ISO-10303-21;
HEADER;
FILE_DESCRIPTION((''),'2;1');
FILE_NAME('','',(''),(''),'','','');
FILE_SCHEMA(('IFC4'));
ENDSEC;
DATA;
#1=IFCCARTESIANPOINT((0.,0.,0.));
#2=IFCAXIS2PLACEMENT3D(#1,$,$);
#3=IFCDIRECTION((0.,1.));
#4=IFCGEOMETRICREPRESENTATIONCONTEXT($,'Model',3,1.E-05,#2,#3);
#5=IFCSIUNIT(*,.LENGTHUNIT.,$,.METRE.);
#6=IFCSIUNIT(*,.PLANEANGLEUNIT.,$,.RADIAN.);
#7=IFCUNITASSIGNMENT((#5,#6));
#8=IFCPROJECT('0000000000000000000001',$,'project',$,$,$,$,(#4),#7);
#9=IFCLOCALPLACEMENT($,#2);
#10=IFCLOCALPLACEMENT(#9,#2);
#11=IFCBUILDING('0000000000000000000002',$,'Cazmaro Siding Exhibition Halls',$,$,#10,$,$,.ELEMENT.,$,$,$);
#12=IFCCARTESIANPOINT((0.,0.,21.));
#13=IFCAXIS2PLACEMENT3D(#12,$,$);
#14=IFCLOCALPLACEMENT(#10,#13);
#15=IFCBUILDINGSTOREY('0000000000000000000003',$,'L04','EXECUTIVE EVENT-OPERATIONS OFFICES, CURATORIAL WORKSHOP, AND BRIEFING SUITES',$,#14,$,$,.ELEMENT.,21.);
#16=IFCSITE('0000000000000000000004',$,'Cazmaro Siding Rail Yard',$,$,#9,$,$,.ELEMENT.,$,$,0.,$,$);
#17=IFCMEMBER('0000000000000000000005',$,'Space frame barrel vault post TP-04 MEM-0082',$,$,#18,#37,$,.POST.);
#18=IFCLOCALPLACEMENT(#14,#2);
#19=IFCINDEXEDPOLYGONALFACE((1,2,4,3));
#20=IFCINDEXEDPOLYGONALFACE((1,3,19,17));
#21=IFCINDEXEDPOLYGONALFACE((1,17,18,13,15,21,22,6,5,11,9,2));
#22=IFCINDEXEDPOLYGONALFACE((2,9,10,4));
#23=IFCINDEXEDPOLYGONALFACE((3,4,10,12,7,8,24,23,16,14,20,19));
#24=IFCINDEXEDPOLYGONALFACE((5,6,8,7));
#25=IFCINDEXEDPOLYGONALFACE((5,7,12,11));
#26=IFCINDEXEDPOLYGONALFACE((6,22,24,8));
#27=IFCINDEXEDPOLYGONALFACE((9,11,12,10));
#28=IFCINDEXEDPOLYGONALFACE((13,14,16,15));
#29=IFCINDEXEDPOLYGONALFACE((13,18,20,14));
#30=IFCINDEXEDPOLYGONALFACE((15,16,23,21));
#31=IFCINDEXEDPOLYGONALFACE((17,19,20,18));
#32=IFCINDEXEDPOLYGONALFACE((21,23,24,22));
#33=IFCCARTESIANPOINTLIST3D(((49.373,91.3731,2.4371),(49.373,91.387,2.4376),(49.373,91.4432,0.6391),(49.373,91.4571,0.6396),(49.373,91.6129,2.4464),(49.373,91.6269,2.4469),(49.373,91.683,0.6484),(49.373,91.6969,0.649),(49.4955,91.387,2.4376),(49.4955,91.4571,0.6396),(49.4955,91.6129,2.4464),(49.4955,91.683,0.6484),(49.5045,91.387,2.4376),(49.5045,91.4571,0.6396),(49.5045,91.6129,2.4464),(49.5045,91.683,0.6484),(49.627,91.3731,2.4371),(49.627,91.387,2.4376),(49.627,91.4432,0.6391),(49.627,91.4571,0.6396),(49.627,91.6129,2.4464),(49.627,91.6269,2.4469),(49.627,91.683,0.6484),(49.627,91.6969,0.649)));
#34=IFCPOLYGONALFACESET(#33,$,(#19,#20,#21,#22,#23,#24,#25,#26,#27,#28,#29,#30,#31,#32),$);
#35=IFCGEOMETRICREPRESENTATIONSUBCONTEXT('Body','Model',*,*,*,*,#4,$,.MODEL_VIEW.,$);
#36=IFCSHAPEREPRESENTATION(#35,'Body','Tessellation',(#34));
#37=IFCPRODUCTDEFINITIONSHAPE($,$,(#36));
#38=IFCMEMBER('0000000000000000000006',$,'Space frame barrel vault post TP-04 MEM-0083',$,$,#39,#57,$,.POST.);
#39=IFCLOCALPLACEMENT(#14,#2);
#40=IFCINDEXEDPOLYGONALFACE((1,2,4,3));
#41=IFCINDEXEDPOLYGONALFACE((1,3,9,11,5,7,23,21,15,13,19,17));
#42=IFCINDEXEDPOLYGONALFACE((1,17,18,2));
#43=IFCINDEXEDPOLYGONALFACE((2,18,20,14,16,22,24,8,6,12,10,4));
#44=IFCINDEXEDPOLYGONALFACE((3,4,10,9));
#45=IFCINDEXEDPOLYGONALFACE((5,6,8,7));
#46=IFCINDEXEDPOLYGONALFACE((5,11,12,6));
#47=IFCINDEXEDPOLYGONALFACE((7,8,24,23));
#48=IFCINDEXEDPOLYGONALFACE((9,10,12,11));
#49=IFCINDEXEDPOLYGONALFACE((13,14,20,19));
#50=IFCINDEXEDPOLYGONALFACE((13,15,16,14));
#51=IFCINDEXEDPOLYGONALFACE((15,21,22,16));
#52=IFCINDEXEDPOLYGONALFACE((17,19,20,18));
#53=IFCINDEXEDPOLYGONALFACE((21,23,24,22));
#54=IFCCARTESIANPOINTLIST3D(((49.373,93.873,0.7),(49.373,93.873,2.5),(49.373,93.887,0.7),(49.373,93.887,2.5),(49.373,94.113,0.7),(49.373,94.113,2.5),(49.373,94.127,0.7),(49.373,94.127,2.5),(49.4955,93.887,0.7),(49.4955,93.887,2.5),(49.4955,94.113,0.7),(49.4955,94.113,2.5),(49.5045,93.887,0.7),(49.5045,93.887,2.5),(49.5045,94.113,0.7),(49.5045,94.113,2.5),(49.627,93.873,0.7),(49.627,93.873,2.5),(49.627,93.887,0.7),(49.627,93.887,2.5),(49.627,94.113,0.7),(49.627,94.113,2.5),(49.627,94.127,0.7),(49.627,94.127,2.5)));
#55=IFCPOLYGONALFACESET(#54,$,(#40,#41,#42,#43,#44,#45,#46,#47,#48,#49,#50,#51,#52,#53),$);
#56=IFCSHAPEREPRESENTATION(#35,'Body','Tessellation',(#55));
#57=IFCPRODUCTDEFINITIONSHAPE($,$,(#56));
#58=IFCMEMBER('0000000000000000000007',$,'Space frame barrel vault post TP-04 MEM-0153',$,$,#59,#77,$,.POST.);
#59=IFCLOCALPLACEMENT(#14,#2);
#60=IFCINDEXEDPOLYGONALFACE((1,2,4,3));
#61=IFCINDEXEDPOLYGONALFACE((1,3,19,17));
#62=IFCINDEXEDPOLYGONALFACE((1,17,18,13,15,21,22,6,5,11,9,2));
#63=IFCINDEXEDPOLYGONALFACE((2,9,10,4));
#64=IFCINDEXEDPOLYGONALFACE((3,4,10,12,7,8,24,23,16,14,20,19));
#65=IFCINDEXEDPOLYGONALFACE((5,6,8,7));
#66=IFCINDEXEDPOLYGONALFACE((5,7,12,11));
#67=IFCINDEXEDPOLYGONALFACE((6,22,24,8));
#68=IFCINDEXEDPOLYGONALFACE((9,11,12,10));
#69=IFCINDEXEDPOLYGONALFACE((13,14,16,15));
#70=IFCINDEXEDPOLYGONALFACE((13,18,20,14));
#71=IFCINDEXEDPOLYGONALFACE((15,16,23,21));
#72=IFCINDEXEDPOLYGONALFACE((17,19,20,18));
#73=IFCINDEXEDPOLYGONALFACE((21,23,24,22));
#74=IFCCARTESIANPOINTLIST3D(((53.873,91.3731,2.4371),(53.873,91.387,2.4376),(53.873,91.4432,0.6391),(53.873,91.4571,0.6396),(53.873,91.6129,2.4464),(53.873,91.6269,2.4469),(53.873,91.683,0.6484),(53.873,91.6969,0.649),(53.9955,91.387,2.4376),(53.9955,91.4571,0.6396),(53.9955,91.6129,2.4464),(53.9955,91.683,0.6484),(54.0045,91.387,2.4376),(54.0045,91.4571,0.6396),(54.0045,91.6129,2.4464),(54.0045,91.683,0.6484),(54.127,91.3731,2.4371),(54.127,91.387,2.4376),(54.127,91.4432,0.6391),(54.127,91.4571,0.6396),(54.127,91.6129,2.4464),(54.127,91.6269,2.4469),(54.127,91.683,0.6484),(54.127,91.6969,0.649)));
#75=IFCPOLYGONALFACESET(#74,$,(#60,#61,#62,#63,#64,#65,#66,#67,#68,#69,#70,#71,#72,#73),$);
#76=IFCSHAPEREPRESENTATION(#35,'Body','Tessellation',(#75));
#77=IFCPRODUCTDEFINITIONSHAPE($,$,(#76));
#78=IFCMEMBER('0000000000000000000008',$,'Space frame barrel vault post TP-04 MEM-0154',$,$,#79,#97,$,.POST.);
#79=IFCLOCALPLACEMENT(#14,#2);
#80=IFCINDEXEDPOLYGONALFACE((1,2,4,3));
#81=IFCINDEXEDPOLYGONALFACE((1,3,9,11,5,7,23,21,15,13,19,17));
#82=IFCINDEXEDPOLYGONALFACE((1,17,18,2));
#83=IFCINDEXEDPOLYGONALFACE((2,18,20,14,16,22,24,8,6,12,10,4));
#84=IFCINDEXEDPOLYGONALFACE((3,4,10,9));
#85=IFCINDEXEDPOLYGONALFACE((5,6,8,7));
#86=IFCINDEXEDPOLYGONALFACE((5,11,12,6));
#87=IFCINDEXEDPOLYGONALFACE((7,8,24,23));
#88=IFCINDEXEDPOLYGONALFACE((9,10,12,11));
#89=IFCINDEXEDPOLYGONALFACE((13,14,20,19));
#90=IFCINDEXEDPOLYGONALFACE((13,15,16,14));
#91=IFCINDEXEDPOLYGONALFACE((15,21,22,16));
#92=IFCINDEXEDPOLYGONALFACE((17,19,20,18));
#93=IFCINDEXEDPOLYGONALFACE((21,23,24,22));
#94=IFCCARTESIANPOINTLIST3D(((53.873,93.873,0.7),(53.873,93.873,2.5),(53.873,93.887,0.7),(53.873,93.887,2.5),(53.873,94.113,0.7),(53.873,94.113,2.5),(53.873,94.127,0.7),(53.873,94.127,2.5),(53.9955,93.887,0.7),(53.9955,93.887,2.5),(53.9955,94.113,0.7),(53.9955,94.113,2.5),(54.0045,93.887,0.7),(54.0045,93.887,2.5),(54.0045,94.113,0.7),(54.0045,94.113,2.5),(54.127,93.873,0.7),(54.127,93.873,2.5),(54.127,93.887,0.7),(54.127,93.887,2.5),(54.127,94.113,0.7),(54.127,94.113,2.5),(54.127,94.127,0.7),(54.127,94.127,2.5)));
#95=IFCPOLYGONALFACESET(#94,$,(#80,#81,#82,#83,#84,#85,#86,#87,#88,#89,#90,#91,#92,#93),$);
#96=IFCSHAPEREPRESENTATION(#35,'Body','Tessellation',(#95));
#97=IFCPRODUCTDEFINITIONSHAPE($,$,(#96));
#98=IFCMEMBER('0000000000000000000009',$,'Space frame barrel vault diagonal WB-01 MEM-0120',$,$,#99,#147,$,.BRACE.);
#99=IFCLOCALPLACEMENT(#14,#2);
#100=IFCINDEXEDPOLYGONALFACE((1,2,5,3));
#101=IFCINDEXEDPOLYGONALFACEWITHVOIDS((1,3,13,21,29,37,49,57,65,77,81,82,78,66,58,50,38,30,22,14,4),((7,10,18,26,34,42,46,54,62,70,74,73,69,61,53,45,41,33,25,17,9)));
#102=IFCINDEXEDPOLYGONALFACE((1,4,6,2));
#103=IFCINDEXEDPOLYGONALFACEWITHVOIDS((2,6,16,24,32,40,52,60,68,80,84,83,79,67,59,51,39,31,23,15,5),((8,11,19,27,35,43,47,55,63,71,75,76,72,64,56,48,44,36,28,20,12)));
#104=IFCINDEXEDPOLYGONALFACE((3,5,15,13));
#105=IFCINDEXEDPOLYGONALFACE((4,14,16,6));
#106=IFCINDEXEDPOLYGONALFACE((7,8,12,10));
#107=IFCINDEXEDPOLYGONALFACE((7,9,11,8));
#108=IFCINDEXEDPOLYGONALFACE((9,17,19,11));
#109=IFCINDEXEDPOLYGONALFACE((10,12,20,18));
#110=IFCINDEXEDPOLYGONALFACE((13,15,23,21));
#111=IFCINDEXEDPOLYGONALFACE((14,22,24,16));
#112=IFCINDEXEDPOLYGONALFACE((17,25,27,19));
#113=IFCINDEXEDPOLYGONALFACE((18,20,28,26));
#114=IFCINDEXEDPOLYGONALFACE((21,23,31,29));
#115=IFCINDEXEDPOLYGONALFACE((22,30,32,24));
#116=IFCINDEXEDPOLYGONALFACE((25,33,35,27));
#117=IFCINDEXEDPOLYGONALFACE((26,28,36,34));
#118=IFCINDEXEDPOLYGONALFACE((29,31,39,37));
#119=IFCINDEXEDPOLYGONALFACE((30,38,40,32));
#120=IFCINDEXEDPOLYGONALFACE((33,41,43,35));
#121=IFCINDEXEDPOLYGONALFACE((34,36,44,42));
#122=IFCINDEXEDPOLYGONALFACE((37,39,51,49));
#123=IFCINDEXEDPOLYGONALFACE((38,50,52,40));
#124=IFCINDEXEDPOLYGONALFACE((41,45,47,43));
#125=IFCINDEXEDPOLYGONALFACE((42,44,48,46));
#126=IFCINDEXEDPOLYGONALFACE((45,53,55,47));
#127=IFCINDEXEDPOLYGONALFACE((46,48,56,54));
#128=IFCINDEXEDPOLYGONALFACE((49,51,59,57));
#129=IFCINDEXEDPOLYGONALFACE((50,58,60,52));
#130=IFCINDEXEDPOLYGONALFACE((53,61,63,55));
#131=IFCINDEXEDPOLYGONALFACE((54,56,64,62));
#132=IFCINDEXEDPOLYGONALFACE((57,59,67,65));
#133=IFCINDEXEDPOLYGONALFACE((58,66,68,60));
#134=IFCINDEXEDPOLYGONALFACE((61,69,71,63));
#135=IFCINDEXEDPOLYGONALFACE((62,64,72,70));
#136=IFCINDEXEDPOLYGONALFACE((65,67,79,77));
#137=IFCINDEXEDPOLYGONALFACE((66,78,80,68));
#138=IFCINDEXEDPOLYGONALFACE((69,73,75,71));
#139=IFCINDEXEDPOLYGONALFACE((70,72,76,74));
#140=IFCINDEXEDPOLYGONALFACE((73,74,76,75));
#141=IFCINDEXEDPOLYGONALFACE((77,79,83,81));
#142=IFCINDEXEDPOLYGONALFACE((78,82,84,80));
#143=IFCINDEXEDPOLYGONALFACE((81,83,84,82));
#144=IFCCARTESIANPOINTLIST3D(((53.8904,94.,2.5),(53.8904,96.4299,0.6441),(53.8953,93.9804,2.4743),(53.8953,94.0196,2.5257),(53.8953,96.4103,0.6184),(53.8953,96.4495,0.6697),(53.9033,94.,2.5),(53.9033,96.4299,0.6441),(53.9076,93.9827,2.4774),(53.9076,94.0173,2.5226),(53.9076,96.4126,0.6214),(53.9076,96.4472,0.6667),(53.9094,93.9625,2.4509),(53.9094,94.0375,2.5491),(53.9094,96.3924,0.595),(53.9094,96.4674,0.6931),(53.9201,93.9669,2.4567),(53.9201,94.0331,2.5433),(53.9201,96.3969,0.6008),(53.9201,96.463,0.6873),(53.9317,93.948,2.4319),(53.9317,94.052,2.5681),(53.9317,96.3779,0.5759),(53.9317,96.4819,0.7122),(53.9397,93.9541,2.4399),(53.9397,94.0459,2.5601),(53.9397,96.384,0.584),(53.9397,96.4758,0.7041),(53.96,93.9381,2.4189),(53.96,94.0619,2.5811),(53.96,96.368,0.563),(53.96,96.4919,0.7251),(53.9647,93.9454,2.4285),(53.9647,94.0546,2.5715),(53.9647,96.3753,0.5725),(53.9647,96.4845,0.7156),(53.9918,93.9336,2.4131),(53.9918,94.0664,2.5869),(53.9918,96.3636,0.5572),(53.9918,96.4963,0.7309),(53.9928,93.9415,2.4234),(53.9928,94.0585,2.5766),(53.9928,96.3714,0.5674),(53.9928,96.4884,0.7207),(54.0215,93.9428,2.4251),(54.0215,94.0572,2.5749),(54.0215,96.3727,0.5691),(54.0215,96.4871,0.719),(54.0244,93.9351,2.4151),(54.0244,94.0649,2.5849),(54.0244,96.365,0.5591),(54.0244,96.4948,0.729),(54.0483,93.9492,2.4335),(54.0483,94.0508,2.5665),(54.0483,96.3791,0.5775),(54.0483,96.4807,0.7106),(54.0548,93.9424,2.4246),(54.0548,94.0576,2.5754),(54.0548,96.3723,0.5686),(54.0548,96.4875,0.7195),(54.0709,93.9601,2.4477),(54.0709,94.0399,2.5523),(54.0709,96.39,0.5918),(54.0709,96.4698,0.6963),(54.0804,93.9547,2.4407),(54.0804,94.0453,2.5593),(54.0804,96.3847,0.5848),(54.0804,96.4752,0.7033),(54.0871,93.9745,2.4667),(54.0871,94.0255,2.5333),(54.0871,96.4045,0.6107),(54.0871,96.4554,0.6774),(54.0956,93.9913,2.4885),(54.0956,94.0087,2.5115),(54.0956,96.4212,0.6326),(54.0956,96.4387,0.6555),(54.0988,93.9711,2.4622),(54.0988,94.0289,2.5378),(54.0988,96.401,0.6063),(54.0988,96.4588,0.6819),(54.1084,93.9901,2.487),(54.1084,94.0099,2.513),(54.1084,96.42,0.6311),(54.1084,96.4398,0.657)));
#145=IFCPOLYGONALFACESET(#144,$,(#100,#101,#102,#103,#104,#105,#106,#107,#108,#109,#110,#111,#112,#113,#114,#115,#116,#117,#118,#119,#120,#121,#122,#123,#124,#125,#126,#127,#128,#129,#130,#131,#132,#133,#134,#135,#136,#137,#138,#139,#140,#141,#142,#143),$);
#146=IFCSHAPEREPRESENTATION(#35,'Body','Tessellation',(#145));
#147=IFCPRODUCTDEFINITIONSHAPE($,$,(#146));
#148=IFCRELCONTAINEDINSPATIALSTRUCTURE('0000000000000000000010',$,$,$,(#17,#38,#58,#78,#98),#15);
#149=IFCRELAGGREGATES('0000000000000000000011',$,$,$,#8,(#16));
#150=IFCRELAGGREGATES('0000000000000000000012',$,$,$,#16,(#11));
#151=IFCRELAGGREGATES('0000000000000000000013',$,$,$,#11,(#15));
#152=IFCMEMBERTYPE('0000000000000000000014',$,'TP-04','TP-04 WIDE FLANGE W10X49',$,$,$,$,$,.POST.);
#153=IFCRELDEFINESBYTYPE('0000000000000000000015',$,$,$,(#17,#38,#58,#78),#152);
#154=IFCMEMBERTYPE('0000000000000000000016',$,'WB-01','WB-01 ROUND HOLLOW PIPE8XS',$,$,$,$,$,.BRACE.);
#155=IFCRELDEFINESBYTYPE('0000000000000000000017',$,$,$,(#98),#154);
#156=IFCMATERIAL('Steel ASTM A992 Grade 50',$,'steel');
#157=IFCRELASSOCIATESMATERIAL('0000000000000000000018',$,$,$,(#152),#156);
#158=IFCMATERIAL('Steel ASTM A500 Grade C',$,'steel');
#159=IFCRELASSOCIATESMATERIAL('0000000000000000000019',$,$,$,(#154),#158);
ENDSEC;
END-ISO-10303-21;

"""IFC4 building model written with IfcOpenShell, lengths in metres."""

from ifc_helpers import new_model, si_unit, direction, frame, origin, origin_2d, place, context, subcontext, project, spatial, hollow_circle, i_section, extrude, material, material_profile, profile_set, type_object, element, save


model = new_model("IFC4")

# Units and contexts
model_context = context("Model", 3, precision=1e-05, world=origin(), true_north=direction((0.0, 1.0)))
body_context = subcontext(model_context, "Body", "Model", "MODEL_VIEW")
ifc_project = project(units=[si_unit("LENGTHUNIT", "METRE"), si_unit("PLANEANGLEUNIT", "RADIAN")], contexts=[model_context])

# Site, building, storey
site_placement = place(None, origin())
site = spatial("IfcSite", under=ifc_project, at=site_placement, Name="Cazmaro Siding Rail Yard", CompositionType="ELEMENT", RefElevation=0.0)
building_placement = place(site_placement, origin())
building = spatial("IfcBuilding", under=site, at=building_placement, Name="Cazmaro Siding Exhibition Halls", CompositionType="ELEMENT")
storey_placement = place(building_placement, frame((0.0, 0.0, 21.0)))
storey = spatial("IfcBuildingStorey", under=building, at=storey_placement, Name="L04", Description="EXECUTIVE EVENT-OPERATIONS OFFICES, CURATORIAL WORKSHOP, AND BRIEFING SUITES", CompositionType="ELEMENT", Elevation=21.0)

# Members
ifc_material_1 = material(Name="Steel ASTM A992 Grade 50", Category="steel")
ifc_material_profile_1 = material_profile(ifc_material_1, i_section(OverallWidth=0.2539, OverallDepth=0.2539, WebThickness=0.009, FlangeThickness=0.0139, at=origin_2d()), Name="W10X49")
ifc_profile_set_1 = profile_set([ifc_material_profile_1], Name="Steel ASTM A992 Grade 50")
member_type_1 = type_object("IfcMemberType", Name="TP-04", Description="TP-04 WIDE FLANGE W10X49", PredefinedType="POST", material=ifc_profile_set_1)
member_1_placement = place(storey_placement, frame((49.5, 91.5701, 0.644), z_axis=(0.0, -0.038944, 0.999241), x_axis=(1.0, 0.0, 0.0)))
element("IfcMember", 1, at=member_1_placement, inside=storey, type_object=member_type_1, Name="Space frame barrel vault post TP-04 MEM-0082", PredefinedType="POST", context=body_context, shape_type="SweptSolid", body=[
    extrude(i_section(OverallWidth=0.2539, OverallDepth=0.2539, WebThickness=0.009, FlangeThickness=0.0139, at=origin_2d()), origin(), (0.0, 0.0, 1.0), 1.7993),
])
member_2_placement = place(storey_placement, frame((49.5, 94.0, 0.7), z_axis=(0.0, 0.0, 1.0), x_axis=(1.0, 0.0, 0.0)))
element("IfcMember", 2, at=member_2_placement, inside=storey, type_object=member_type_1, Name="Space frame barrel vault post TP-04 MEM-0083", PredefinedType="POST", context=body_context, shape_type="SweptSolid", body=[
    extrude(i_section(OverallWidth=0.2539, OverallDepth=0.2539, WebThickness=0.009, FlangeThickness=0.0139, at=origin_2d()), origin(), (0.0, 0.0, 1.0), 1.8),
])
member_3_placement = place(storey_placement, frame((54.0, 91.5701, 0.644), z_axis=(0.0, -0.038944, 0.999241), x_axis=(1.0, 0.0, 0.0)))
element("IfcMember", 3, at=member_3_placement, inside=storey, type_object=member_type_1, Name="Space frame barrel vault post TP-04 MEM-0153", PredefinedType="POST", context=body_context, shape_type="SweptSolid", body=[
    extrude(i_section(OverallWidth=0.2539, OverallDepth=0.2539, WebThickness=0.009, FlangeThickness=0.0139, at=origin_2d()), origin(), (0.0, 0.0, 1.0), 1.7993),
])
member_4_placement = place(storey_placement, frame((54.0, 94.0, 0.7), z_axis=(0.0, 0.0, 1.0), x_axis=(1.0, 0.0, 0.0)))
element("IfcMember", 4, at=member_4_placement, inside=storey, type_object=member_type_1, Name="Space frame barrel vault post TP-04 MEM-0154", PredefinedType="POST", context=body_context, shape_type="SweptSolid", body=[
    extrude(i_section(OverallWidth=0.2539, OverallDepth=0.2539, WebThickness=0.009, FlangeThickness=0.0139, at=origin_2d()), origin(), (0.0, 0.0, 1.0), 1.8),
])
ifc_material_2 = material(Name="Steel ASTM A500 Grade C", Category="steel")
ifc_material_profile_2 = material_profile(ifc_material_2, hollow_circle(Radius=0.1096, WallThickness=0.0129, at=origin_2d()), Name="PIPE8XS")
ifc_profile_set_2 = profile_set([ifc_material_profile_2], Name="Steel ASTM A500 Grade C")
member_type_2 = type_object("IfcMemberType", Name="WB-01", Description="WB-01 ROUND HOLLOW PIPE8XS", PredefinedType="BRACE", material=ifc_profile_set_2)
member_5_placement = place(storey_placement, frame((54.0, 94.0, 2.5), z_axis=(0.0, 0.794709, -0.606991), x_axis=(-1.0, 0.0, 0.0)))
element("IfcMember", 5, at=member_5_placement, inside=storey, type_object=member_type_2, Name="Space frame barrel vault diagonal WB-01 MEM-0120", PredefinedType="BRACE", context=body_context, shape_type="SweptSolid", body=[
    extrude(hollow_circle(Radius=0.1096, WallThickness=0.0129, at=origin_2d()), origin(), (0.0, 0.0, 1.0), 3.0576),
])

save(model, "model.ifc")
